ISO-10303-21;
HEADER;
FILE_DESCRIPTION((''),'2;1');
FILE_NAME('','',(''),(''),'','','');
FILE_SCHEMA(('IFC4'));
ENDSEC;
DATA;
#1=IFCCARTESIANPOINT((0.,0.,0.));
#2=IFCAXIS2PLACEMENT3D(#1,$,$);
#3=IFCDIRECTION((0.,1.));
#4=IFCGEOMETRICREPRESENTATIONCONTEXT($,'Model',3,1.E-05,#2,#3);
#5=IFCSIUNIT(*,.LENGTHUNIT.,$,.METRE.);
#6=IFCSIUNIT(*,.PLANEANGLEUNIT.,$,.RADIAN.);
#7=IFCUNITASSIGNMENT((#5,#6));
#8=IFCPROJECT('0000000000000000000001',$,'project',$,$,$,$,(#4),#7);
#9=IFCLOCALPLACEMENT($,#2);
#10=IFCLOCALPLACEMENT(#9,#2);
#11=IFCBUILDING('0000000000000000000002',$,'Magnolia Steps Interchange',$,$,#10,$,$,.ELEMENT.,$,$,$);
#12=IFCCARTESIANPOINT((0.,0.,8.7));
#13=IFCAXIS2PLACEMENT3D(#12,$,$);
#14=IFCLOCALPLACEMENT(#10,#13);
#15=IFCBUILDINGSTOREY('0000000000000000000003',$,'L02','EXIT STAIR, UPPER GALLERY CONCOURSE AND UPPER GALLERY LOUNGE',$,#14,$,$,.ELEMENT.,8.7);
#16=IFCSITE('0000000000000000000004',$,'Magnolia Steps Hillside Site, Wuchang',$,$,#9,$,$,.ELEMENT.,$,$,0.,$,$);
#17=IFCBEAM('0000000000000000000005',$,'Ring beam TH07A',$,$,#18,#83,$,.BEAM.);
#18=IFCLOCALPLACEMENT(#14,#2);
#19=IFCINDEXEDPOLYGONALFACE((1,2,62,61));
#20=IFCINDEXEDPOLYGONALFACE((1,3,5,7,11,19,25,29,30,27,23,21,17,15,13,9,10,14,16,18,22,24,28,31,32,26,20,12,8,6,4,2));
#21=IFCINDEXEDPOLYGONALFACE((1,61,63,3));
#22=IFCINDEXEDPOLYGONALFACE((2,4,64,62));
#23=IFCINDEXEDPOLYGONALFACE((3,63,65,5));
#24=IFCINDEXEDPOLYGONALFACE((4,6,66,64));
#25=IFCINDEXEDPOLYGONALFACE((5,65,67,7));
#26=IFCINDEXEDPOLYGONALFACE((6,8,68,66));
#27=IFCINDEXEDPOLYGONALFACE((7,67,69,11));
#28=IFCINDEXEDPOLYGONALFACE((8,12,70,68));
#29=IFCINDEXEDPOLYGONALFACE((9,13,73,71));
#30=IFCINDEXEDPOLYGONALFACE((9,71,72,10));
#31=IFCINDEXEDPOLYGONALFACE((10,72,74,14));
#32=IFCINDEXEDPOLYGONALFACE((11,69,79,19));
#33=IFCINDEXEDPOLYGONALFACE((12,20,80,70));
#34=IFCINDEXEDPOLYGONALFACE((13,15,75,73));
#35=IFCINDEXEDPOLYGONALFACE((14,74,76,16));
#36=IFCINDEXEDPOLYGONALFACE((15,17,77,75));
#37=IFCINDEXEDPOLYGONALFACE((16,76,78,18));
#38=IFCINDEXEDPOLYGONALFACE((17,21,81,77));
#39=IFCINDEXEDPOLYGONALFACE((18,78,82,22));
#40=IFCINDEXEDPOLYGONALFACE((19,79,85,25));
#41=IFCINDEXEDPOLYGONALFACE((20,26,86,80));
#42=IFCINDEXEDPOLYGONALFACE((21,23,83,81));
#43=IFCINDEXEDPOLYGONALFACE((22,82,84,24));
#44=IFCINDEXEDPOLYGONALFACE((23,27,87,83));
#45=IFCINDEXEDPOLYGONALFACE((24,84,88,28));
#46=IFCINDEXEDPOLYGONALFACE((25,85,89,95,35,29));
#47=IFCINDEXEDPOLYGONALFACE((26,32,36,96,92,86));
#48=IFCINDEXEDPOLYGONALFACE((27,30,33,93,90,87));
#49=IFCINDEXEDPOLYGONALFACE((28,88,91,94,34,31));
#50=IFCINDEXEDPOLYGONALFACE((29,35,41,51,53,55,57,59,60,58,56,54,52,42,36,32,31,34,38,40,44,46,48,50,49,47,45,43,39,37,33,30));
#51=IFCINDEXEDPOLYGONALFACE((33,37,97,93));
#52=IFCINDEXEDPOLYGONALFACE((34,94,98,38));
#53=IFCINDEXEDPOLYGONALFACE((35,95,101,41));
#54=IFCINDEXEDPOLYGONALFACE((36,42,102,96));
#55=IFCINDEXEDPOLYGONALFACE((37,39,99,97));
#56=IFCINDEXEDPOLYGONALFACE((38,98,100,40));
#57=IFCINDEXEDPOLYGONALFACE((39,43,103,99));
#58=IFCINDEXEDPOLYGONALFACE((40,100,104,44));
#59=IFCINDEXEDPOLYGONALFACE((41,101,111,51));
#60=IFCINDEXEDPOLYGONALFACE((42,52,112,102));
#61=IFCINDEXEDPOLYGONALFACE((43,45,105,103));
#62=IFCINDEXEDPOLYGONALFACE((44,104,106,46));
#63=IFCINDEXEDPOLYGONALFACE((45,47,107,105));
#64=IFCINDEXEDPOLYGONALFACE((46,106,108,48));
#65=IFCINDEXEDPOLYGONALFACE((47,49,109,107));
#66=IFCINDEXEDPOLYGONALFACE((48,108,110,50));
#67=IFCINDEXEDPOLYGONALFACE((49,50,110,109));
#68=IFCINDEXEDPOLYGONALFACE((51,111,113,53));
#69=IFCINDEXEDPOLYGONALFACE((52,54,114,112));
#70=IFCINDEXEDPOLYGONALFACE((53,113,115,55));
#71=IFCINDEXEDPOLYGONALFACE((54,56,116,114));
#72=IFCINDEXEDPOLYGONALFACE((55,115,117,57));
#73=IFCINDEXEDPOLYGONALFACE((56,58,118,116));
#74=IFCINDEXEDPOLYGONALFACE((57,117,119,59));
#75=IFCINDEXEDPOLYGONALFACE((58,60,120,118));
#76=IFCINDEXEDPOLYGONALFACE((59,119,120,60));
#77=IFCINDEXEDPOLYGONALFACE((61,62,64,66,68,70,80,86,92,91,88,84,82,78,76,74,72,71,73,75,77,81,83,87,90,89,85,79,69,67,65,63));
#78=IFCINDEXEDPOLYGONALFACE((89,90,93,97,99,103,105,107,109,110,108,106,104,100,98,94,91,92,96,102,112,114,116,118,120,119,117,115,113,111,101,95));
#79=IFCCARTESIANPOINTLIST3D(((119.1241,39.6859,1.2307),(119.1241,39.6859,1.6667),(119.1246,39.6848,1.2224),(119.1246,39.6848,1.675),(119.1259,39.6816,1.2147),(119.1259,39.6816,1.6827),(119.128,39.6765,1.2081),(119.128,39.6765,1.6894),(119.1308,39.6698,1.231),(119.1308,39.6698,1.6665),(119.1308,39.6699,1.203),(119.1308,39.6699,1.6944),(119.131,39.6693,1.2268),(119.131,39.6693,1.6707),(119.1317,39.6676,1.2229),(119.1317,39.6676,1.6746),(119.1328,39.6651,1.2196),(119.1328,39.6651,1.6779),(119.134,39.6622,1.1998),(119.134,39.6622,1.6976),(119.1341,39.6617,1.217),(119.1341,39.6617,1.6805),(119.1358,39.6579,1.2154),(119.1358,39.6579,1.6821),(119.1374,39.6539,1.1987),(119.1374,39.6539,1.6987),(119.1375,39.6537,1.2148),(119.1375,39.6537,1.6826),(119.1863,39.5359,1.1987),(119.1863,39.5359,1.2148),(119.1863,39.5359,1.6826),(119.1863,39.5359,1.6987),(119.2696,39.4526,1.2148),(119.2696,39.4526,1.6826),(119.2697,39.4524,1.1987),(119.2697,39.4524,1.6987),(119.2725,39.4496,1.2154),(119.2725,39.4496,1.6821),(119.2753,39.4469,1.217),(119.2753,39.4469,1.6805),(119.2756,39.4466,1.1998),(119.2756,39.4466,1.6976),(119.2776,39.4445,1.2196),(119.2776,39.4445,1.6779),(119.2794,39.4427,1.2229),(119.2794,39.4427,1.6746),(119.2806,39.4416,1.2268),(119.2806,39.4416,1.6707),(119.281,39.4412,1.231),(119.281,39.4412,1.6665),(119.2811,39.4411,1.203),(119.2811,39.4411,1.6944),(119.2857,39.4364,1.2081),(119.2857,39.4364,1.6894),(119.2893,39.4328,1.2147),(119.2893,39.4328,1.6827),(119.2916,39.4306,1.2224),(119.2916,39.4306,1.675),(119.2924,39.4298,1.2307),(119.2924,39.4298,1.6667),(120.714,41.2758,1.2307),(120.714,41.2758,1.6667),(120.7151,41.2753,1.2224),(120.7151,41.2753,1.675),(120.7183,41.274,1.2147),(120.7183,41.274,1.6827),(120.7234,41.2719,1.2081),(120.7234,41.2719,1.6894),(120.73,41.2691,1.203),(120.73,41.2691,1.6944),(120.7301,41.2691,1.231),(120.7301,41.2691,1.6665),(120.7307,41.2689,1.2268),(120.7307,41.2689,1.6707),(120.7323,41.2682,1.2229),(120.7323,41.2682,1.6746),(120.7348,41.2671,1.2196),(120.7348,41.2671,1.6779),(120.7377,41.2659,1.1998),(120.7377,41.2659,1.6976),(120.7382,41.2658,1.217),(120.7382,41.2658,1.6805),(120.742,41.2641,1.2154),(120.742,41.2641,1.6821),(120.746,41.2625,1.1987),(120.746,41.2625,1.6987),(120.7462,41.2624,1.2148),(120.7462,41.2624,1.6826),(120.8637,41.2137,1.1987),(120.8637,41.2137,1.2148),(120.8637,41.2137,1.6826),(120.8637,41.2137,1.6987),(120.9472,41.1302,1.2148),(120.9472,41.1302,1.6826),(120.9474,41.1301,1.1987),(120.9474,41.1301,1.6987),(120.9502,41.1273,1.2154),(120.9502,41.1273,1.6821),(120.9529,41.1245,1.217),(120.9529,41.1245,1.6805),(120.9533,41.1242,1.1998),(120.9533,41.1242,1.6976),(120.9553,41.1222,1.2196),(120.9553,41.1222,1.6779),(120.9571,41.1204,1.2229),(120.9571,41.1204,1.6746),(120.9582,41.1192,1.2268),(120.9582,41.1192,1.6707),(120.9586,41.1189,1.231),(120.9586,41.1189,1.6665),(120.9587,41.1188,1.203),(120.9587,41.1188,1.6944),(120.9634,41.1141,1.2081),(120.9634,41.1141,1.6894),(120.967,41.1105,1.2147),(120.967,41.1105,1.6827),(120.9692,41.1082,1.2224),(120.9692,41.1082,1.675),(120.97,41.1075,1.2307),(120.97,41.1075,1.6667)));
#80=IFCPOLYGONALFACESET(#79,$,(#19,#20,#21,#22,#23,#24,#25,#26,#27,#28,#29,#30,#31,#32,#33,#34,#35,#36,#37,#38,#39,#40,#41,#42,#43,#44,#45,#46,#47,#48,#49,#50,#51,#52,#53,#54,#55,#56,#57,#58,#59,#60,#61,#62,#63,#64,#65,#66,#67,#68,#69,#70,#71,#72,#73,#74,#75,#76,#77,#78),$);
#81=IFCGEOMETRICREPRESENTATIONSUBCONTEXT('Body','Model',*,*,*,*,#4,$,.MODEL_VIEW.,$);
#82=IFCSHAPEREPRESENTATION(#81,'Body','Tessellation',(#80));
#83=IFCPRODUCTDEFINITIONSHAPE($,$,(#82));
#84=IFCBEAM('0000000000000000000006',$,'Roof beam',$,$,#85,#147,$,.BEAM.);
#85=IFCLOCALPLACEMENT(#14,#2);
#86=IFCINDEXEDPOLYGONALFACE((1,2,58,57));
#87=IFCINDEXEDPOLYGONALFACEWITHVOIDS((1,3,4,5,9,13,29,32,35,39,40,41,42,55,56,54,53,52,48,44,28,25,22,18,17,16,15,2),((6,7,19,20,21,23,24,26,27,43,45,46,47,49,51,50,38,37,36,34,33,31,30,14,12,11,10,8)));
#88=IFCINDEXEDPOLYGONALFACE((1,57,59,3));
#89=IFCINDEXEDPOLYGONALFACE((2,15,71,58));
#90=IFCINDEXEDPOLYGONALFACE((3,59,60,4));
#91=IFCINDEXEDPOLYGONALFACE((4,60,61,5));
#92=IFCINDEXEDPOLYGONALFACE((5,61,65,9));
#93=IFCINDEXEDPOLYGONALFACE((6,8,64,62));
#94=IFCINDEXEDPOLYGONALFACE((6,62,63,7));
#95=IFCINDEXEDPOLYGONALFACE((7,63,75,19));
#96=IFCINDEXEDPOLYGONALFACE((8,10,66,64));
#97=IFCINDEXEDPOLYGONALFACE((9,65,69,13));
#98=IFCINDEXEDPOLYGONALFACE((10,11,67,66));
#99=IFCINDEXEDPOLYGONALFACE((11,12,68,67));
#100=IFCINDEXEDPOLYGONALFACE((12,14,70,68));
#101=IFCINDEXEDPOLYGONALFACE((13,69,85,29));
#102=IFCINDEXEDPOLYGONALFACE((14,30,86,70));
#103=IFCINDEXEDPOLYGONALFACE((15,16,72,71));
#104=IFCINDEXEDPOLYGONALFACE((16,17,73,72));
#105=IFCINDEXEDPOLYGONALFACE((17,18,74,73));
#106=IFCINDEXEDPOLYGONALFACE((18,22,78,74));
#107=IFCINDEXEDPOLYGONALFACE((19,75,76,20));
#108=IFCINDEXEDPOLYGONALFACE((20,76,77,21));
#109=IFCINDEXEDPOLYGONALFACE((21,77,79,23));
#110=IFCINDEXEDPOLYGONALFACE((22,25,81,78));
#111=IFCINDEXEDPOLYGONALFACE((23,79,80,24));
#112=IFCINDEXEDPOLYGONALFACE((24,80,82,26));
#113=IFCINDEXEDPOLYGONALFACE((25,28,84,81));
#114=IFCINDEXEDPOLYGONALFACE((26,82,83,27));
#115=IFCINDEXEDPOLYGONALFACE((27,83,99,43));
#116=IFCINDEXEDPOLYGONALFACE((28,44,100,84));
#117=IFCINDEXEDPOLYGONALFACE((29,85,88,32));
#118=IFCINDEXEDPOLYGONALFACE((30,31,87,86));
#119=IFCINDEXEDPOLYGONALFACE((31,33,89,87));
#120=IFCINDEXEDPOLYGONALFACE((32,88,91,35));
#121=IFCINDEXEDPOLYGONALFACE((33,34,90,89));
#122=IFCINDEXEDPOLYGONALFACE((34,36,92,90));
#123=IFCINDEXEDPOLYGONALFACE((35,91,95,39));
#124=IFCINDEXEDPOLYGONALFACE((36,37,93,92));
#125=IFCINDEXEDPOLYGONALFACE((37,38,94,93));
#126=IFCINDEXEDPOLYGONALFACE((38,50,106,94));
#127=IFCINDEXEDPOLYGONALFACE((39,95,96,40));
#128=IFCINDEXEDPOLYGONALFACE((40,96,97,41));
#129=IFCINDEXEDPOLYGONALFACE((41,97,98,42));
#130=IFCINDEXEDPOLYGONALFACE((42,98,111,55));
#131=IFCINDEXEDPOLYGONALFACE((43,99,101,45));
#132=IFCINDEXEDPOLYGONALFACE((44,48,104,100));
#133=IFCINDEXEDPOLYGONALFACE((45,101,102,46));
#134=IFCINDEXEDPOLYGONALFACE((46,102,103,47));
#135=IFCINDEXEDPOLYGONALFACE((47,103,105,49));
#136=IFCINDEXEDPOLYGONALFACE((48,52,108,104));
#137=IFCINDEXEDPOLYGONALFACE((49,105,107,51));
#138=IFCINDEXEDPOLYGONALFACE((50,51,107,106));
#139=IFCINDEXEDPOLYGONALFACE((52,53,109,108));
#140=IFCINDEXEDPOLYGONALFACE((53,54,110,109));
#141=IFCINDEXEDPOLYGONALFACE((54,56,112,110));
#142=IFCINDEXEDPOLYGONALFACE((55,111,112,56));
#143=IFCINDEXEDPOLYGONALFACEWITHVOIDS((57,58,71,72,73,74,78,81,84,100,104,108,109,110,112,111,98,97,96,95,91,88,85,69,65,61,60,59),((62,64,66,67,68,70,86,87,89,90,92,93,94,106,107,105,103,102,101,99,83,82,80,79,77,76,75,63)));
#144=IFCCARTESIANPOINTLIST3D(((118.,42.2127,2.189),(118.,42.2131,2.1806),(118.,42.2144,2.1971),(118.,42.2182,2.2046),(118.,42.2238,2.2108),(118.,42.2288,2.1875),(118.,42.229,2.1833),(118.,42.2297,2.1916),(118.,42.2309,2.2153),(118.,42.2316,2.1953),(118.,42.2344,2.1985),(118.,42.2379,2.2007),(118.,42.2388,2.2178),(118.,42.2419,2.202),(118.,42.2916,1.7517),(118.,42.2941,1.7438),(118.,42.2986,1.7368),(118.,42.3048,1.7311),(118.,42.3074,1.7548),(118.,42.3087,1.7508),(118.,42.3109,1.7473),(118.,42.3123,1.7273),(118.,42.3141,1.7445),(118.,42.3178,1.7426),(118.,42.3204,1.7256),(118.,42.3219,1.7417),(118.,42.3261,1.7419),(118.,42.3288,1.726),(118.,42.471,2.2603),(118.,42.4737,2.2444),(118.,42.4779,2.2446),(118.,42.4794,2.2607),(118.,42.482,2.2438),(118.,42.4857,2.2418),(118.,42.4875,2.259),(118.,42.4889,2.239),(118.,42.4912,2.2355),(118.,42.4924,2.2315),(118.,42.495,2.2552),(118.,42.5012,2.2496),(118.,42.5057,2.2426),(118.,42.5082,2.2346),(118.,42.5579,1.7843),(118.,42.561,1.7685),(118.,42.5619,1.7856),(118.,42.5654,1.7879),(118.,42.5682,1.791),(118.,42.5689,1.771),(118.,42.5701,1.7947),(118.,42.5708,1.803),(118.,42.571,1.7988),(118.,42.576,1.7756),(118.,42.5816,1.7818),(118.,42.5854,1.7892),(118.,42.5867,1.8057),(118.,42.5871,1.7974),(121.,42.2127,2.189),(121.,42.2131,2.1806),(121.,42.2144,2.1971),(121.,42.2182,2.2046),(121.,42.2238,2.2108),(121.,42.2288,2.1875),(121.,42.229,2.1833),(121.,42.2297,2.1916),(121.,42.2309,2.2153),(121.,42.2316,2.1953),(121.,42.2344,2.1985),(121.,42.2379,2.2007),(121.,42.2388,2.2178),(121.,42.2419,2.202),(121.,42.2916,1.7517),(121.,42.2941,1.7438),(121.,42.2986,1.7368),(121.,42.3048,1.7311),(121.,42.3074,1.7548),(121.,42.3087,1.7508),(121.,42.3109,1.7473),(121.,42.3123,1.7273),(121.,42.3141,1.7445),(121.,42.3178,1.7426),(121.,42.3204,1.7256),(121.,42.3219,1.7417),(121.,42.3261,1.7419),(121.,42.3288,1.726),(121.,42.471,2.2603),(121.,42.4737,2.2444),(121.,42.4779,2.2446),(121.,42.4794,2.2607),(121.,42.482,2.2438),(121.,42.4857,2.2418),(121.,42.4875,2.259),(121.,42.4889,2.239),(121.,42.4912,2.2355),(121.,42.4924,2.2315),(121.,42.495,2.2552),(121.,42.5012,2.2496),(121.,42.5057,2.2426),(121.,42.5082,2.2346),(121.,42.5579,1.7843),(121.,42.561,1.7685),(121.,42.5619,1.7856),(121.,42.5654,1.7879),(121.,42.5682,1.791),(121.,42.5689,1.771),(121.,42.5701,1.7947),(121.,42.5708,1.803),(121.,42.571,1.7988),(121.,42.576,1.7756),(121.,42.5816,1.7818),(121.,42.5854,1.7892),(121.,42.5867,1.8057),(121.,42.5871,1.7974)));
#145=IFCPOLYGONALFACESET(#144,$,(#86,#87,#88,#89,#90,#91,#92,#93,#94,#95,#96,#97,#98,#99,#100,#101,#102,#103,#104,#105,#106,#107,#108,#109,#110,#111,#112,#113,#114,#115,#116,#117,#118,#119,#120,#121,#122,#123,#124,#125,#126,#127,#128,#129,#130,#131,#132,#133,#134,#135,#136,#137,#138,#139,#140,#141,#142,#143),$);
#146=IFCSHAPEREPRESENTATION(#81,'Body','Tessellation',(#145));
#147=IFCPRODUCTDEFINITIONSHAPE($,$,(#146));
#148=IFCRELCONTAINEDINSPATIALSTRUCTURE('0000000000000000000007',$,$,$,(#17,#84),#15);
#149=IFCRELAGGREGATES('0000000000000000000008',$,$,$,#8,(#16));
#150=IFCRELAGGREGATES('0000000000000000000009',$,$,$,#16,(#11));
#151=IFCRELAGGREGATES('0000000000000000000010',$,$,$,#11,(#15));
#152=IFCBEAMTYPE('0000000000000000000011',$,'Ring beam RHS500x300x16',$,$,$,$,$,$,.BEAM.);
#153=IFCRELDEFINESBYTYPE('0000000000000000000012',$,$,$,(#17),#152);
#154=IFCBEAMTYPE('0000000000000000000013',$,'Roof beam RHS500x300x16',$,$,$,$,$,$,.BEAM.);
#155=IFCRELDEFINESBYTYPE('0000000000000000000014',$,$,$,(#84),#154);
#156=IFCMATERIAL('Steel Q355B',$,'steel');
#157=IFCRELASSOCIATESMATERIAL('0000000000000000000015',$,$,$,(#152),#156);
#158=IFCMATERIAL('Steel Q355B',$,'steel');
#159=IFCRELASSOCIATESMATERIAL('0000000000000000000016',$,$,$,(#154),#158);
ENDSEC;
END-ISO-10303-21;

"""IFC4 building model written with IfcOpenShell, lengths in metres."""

from ifc_helpers import new_model, si_unit, direction, frame, origin, origin_2d, place, context, subcontext, project, spatial, hollow_rectangle, extrude, clip, halfspace, material, material_profile, profile_set, type_object, element, save


model = new_model("IFC4")

# Units and contexts
model_context = context("Model", 3, precision=1e-05, world=origin(), true_north=direction((0.0, 1.0)))
body_context = subcontext(model_context, "Body", "Model", "MODEL_VIEW")
ifc_project = project(units=[si_unit("LENGTHUNIT", "METRE"), si_unit("PLANEANGLEUNIT", "RADIAN")], contexts=[model_context])

# Site, building, storey
site_placement = place(None, origin())
site = spatial("IfcSite", under=ifc_project, at=site_placement, Name="Magnolia Steps Hillside Site, Wuchang", CompositionType="ELEMENT", RefElevation=0.0)
building_placement = place(site_placement, origin())
building = spatial("IfcBuilding", under=site, at=building_placement, Name="Magnolia Steps Interchange", CompositionType="ELEMENT")
storey_placement = place(building_placement, frame((0.0, 0.0, 8.7)))
storey = spatial("IfcBuildingStorey", under=building, at=storey_placement, Name="L02", Description="EXIT STAIR, UPPER GALLERY CONCOURSE AND UPPER GALLERY LOUNGE", CompositionType="ELEMENT", Elevation=8.7)

# Beams
ifc_material_1 = material(Name="Steel Q355B", Category="steel")
ifc_material_profile_1 = material_profile(ifc_material_1, hollow_rectangle(XDim=0.3, YDim=0.5, WallThickness=0.0161, InnerFilletRadius=0.0161, OuterFilletRadius=0.032, at=origin_2d()), Name="RHS500x300x16")
ifc_profile_set_1 = profile_set([ifc_material_profile_1], Name="Steel Q355B")
beam_type_1 = type_object("IfcBeamType", Name="Ring beam RHS500x300x16", PredefinedType="BEAM", material=ifc_profile_set_1)
beam_1_placement = place(storey_placement, frame((119.1863, 39.5359, 1.4487), z_axis=(0.707107, 0.707107, 0.0), x_axis=(-0.707107, 0.707107, 0.0)))
element("IfcBeam", 1, at=beam_1_placement, inside=storey, type_object=beam_type_1, Name="Ring beam TH07A", PredefinedType="BEAM", context=body_context, shape_type="Clipping", body=[
    clip(clip(extrude(hollow_rectangle(XDim=0.3, YDim=0.5, WallThickness=0.0161, InnerFilletRadius=0.0161, OuterFilletRadius=0.032, at=origin_2d()), origin(), (0.0, 0.0, 1.0), 2.3726), halfspace(frame((0.0, 0.0, 0.0), z_axis=(0.382683, 0.0, -0.92388), x_axis=(0.92388, 0.0, 0.382683)), False)), halfspace(frame((0.0, 0.0, 2.3727), z_axis=(0.382683, 0.0, 0.92388), x_axis=(0.92388, 0.0, -0.382683)), False)),
])
ifc_material_2 = material(Name="Steel Q355B", Category="steel")
ifc_material_profile_2 = material_profile(ifc_material_2, hollow_rectangle(XDim=0.3, YDim=0.5, WallThickness=0.0161, InnerFilletRadius=0.0161, OuterFilletRadius=0.032, at=origin_2d()), Name="RHS500x300x16")
ifc_profile_set_2 = profile_set([ifc_material_profile_2], Name="Steel Q355B")
beam_type_2 = type_object("IfcBeamType", Name="Roof beam RHS500x300x16", PredefinedType="BEAM", material=ifc_profile_set_2)
beam_2_placement = place(storey_placement, frame((118.0, 42.3999, 1.9932), z_axis=(1.0, 0.0, 0.0), x_axis=(0.0, 0.983677, 0.179941)))
element("IfcBeam", 2, at=beam_2_placement, inside=storey, type_object=beam_type_2, Name="Roof beam", PredefinedType="BEAM", context=body_context, shape_type="SweptSolid", body=[
    extrude(hollow_rectangle(XDim=0.3, YDim=0.5, WallThickness=0.0161, InnerFilletRadius=0.0161, OuterFilletRadius=0.032, at=origin_2d()), origin(), (0.0, 0.0, 1.0), 3.0),
])

save(model, "model.ifc")
